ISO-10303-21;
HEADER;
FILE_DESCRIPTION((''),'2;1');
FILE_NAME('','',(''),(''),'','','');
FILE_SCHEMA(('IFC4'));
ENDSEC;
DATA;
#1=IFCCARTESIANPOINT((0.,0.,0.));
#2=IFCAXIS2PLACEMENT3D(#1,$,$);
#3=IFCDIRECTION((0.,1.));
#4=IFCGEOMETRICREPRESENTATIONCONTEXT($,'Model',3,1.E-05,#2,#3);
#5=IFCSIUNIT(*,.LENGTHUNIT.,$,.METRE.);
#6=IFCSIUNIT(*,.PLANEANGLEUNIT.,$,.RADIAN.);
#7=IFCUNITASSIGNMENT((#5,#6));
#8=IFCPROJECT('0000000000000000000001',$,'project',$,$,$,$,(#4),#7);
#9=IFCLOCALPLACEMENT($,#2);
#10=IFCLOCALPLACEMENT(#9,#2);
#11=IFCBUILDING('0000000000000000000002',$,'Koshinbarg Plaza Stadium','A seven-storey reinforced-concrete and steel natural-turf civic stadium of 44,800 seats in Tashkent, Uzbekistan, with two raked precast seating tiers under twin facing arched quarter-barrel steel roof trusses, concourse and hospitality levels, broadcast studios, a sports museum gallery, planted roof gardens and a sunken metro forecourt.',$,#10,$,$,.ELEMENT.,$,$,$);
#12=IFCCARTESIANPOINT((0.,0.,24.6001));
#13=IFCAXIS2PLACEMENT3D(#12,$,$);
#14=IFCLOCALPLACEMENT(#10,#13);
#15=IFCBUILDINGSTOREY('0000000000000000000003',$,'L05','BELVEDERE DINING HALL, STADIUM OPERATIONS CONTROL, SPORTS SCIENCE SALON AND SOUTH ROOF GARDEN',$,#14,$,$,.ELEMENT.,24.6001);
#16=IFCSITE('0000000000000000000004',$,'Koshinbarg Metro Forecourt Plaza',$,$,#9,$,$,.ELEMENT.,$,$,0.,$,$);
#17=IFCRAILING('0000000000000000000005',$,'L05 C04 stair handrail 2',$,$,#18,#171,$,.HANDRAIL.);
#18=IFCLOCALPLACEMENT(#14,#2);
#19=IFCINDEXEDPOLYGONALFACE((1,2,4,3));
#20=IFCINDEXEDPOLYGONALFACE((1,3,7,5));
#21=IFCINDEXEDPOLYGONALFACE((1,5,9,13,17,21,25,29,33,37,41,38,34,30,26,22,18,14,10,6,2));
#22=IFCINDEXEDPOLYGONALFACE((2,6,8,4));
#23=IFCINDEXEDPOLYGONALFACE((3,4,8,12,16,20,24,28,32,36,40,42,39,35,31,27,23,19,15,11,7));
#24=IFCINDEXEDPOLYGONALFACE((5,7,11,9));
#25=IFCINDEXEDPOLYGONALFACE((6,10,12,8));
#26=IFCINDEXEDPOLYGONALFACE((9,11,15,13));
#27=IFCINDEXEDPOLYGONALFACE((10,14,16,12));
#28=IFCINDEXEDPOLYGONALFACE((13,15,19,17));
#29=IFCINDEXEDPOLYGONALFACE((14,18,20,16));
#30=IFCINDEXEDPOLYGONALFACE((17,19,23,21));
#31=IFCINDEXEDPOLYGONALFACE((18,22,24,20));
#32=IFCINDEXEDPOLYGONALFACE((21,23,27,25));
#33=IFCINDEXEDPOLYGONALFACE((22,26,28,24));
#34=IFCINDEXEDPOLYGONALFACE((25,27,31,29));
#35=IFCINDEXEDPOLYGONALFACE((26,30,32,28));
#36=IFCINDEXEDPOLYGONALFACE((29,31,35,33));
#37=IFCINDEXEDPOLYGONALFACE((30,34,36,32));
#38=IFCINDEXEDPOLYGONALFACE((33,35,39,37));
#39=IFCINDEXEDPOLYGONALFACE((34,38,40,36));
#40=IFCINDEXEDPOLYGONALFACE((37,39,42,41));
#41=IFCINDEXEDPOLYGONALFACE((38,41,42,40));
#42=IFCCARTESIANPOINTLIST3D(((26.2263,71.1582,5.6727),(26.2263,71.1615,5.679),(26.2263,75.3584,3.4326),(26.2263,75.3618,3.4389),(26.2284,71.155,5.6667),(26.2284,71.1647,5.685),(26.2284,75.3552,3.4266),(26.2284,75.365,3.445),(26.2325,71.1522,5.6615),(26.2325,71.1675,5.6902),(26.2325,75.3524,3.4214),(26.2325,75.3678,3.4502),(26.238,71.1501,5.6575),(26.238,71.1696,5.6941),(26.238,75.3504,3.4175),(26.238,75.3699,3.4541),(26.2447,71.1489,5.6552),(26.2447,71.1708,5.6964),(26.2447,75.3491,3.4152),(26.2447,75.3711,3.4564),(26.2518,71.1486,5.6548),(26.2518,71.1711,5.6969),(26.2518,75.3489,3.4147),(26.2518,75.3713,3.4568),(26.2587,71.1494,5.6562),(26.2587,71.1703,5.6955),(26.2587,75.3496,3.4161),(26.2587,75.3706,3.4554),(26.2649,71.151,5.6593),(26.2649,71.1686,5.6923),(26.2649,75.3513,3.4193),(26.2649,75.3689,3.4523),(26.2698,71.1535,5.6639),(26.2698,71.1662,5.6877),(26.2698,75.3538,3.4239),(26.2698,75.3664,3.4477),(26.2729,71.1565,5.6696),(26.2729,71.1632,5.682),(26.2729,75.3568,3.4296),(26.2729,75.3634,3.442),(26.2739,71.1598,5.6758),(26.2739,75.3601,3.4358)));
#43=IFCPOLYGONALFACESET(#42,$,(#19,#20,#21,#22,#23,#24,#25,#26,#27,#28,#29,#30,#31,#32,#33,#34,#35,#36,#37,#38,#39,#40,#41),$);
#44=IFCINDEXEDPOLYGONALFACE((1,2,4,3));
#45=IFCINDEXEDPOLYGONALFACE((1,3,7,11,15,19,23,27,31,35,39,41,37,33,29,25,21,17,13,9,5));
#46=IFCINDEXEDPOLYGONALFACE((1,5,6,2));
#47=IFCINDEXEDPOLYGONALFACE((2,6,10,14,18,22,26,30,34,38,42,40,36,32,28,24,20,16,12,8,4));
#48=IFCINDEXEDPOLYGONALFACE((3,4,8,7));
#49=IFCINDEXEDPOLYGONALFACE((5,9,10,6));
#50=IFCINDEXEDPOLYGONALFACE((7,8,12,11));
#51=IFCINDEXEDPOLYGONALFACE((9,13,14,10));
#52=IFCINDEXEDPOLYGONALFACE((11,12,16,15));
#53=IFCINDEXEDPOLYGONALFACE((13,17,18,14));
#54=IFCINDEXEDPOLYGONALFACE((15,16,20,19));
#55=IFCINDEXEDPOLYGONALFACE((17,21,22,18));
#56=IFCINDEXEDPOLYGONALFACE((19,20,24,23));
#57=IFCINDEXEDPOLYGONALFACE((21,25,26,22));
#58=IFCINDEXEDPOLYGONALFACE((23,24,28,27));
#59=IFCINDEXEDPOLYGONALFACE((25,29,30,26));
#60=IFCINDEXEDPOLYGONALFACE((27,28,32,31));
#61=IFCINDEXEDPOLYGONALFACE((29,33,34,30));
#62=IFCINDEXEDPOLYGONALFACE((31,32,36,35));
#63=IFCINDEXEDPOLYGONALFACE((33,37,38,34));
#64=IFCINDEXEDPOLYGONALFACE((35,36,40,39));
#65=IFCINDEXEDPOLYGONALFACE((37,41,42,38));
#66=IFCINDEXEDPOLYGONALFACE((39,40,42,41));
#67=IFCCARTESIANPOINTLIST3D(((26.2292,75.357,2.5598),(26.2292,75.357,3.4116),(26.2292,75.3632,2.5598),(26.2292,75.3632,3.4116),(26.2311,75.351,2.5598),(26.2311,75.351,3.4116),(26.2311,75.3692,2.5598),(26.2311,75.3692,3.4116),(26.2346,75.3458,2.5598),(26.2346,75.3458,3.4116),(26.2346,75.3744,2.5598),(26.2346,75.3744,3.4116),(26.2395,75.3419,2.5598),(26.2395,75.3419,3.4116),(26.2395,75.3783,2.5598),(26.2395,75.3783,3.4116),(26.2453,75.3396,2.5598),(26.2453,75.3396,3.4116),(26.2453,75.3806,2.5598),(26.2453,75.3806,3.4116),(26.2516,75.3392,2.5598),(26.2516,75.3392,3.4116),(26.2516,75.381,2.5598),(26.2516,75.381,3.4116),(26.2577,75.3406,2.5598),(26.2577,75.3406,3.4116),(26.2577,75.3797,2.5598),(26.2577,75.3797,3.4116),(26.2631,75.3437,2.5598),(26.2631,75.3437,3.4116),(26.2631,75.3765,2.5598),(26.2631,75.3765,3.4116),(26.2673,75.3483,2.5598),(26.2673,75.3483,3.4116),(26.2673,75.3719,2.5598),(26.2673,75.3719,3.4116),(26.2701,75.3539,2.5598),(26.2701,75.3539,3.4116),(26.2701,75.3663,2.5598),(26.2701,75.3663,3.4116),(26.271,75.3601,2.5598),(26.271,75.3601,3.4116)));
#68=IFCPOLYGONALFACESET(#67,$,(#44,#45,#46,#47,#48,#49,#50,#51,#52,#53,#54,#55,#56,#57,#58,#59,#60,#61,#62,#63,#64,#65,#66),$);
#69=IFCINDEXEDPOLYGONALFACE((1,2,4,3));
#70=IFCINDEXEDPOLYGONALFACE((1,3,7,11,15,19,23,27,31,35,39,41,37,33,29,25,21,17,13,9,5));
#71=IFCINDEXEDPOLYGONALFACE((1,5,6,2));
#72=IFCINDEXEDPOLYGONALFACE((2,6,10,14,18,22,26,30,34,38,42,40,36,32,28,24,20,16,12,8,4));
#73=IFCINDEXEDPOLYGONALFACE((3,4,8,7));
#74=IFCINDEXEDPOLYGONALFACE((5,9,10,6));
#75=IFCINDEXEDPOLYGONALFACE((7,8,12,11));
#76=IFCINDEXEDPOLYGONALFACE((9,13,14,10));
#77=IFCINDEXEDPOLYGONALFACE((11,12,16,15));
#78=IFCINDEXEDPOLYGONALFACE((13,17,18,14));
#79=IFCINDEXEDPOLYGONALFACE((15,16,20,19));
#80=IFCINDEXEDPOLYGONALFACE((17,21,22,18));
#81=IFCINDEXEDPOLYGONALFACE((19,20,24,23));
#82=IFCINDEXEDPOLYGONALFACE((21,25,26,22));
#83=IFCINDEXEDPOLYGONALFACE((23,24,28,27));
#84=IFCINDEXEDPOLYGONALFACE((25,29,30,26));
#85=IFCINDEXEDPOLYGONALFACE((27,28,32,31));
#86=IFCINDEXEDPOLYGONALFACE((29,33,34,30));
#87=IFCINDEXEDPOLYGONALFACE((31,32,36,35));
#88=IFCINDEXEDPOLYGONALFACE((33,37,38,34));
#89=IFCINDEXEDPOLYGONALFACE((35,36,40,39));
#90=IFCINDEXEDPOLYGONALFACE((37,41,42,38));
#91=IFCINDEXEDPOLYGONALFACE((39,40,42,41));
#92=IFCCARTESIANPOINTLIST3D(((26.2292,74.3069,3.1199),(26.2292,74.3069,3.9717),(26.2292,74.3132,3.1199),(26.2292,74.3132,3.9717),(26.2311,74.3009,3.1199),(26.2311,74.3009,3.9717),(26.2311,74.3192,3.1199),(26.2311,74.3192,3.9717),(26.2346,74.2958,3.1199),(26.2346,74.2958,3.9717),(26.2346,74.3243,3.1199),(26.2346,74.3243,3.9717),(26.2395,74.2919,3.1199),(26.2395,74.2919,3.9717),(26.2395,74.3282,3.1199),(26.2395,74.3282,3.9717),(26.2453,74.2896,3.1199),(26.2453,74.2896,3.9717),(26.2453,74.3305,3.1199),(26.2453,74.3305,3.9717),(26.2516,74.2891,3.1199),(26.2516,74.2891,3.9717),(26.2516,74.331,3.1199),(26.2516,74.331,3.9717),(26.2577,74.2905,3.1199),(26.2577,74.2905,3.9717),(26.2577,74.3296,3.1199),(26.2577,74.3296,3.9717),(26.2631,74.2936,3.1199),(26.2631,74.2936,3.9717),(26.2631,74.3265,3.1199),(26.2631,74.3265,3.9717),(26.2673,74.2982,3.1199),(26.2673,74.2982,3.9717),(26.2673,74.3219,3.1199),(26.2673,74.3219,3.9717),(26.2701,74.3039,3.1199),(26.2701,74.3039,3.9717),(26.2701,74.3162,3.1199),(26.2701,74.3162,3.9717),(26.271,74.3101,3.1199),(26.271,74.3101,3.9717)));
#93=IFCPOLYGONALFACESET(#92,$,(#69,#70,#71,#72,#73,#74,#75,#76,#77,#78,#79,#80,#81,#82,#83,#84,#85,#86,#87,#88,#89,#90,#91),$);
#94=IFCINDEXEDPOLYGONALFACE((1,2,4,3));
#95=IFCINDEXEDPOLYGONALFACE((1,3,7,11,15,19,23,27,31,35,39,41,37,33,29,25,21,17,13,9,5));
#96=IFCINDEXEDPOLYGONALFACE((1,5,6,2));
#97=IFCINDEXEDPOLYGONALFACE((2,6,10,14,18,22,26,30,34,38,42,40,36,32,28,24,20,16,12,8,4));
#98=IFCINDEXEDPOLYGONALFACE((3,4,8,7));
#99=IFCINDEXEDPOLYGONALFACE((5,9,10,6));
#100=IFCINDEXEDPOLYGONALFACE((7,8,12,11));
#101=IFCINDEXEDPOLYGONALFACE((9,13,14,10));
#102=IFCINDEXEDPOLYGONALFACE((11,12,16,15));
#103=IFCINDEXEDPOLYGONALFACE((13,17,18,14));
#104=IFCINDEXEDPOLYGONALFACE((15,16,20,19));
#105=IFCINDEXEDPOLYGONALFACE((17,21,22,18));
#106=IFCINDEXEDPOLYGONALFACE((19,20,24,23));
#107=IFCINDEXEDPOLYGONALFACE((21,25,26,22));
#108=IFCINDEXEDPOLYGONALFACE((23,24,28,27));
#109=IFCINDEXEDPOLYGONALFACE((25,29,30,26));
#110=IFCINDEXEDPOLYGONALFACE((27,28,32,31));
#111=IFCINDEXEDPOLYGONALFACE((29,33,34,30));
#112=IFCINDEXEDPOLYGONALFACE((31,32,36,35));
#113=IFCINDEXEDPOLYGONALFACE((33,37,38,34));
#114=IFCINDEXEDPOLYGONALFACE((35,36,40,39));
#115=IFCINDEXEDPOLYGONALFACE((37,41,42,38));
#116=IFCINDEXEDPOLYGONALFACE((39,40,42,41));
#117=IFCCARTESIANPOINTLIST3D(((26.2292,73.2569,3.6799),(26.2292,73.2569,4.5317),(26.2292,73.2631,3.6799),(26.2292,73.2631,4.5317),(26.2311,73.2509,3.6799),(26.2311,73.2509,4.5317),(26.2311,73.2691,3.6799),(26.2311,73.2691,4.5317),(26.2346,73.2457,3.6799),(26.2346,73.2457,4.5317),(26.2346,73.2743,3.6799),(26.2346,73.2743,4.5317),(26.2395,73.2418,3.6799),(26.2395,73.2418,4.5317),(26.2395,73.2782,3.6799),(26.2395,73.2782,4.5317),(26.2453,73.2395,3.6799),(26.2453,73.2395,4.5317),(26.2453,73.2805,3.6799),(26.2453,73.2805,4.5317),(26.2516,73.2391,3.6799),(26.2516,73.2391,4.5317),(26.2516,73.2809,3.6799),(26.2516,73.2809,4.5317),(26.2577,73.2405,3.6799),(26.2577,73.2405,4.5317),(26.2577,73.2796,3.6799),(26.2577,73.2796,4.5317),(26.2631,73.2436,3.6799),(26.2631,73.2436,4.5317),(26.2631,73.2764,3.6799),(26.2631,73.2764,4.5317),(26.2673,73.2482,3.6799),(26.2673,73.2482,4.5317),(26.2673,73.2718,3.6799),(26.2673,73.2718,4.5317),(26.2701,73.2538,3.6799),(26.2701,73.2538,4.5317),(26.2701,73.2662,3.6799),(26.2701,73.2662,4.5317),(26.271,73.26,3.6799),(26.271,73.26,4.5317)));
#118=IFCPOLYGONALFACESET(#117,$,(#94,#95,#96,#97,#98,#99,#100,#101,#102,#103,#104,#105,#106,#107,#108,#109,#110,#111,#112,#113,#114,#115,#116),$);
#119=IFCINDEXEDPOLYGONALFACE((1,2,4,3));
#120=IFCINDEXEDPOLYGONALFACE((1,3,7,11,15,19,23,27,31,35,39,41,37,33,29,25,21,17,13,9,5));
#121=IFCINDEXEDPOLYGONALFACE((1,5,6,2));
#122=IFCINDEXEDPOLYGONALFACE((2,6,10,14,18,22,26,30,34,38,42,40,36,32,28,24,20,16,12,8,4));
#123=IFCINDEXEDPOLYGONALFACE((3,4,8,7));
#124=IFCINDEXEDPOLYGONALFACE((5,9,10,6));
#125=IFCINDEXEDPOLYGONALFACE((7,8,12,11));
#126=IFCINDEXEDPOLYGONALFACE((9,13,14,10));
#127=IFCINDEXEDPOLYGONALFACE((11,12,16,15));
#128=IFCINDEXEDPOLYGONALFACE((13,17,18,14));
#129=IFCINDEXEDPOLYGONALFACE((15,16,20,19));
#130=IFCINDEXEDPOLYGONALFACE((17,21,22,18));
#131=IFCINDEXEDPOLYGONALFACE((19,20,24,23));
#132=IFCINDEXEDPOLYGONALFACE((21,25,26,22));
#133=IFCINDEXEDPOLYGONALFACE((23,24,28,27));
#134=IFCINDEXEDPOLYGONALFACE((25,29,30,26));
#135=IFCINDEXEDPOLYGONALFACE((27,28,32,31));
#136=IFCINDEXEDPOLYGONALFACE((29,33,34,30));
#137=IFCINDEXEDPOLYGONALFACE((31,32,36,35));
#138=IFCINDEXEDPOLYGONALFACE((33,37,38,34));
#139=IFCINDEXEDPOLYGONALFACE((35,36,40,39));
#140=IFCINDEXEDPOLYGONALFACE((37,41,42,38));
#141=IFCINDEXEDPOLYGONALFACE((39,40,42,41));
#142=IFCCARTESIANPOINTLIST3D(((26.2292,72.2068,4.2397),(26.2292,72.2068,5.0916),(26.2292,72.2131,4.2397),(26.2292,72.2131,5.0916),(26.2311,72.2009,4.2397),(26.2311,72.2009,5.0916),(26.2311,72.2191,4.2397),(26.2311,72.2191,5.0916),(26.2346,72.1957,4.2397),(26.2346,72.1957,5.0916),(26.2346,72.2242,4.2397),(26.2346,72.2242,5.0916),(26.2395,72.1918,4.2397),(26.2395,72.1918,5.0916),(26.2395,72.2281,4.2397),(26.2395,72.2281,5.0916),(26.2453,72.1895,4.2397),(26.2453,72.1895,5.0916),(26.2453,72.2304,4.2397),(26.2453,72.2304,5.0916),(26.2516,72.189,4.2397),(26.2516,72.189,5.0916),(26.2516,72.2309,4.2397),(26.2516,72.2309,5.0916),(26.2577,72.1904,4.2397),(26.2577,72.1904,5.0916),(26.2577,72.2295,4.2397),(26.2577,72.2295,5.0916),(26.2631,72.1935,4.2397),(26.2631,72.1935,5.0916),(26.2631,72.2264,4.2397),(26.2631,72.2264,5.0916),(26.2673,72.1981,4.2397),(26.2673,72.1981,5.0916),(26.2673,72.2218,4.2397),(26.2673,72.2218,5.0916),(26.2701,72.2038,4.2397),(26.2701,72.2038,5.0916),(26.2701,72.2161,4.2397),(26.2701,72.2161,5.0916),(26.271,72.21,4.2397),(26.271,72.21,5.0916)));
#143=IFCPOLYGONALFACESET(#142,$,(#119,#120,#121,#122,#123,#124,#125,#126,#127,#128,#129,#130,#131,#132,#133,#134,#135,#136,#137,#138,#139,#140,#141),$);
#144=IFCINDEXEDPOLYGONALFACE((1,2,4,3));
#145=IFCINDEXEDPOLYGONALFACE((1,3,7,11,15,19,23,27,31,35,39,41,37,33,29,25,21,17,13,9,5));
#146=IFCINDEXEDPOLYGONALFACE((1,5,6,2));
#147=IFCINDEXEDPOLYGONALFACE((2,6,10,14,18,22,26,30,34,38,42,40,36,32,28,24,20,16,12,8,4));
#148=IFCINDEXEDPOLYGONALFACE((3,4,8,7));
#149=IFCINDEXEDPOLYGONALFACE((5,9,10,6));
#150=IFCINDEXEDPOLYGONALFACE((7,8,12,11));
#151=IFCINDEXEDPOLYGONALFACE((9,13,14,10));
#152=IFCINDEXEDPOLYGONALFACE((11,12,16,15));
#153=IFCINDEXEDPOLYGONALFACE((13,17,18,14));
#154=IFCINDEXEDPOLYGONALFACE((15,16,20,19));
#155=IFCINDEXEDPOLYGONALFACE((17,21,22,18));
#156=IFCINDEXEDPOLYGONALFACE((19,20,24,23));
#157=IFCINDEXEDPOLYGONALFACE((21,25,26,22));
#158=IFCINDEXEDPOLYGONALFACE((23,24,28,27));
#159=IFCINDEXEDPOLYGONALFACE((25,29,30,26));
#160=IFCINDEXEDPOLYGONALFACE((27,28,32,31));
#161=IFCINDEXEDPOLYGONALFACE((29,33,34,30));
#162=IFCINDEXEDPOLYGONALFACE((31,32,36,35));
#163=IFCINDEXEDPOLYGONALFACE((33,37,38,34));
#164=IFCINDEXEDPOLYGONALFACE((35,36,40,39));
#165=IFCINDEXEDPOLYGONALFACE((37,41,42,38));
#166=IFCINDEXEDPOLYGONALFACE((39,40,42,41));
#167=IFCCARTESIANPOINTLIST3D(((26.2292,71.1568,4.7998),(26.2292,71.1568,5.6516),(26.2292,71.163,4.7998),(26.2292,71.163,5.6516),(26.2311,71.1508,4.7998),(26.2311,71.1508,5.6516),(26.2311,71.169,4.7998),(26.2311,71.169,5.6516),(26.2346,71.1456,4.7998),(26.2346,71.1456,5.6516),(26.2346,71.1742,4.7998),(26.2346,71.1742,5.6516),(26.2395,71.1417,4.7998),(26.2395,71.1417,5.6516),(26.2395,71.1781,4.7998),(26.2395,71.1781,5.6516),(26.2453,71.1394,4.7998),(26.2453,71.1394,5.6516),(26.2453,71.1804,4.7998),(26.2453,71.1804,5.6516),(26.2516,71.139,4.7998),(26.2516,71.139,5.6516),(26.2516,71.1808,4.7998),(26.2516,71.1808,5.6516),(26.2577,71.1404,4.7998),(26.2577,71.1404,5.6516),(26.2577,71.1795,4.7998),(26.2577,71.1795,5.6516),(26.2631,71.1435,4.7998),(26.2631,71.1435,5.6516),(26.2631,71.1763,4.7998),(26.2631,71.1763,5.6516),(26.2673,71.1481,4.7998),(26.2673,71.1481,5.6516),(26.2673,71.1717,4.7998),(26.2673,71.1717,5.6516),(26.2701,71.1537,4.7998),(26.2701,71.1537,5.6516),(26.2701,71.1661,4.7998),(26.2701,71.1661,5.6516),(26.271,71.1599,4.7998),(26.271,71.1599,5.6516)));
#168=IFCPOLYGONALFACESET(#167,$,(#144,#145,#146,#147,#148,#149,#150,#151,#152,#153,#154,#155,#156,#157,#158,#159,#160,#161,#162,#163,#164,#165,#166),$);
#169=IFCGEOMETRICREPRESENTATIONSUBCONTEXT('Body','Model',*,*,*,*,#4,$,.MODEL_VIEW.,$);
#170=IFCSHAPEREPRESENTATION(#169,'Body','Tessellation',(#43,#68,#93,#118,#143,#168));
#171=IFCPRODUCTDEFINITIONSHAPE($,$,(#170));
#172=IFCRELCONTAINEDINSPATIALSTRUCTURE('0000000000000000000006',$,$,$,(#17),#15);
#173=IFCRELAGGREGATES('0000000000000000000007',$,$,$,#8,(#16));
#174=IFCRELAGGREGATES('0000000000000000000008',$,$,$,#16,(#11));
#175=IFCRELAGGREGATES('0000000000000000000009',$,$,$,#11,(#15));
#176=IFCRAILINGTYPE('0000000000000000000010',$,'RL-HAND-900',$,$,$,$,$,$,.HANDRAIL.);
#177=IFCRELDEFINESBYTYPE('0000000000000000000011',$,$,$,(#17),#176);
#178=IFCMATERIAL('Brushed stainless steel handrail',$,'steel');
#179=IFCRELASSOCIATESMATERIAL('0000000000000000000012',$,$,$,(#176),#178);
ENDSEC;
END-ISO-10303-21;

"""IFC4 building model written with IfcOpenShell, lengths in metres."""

from ifc_helpers import new_model, si_unit, direction, frame, origin, origin_2d, place, context, subcontext, project, spatial, circle, extrude, material, type_object, element, save


model = new_model("IFC4")

# Units and contexts
model_context = context("Model", 3, precision=1e-05, world=origin(), true_north=direction((0.0, 1.0)))
body_context = subcontext(model_context, "Body", "Model", "MODEL_VIEW")
ifc_project = project(units=[si_unit("LENGTHUNIT", "METRE"), si_unit("PLANEANGLEUNIT", "RADIAN")], contexts=[model_context])

# Site, building, storey
site_placement = place(None, origin())
site = spatial("IfcSite", under=ifc_project, at=site_placement, Name="Koshinbarg Metro Forecourt Plaza", CompositionType="ELEMENT", RefElevation=0.0)
building_placement = place(site_placement, origin())
building = spatial("IfcBuilding", under=site, at=building_placement, Name="Koshinbarg Plaza Stadium", Description="A seven-storey reinforced-concrete and steel natural-turf civic stadium of 44,800 seats in Tashkent, Uzbekistan, with two raked precast seating tiers under twin facing arched quarter-barrel steel roof trusses, concourse and hospitality levels, broadcast studios, a sports museum gallery, planted roof gardens and a sunken metro forecourt.", CompositionType="ELEMENT")
storey_placement = place(building_placement, frame((0.0, 0.0, 24.6001)))
storey = spatial("IfcBuildingStorey", under=building, at=storey_placement, Name="L05", Description="BELVEDERE DINING HALL, STADIUM OPERATIONS CONTROL, SPORTS SCIENCE SALON AND SOUTH ROOF GARDEN", CompositionType="ELEMENT", Elevation=24.6001)

# Railing
ifc_material_1 = material(Name="Brushed stainless steel handrail", Category="steel")
railing_type_1 = type_object("IfcRailingType", Name="RL-HAND-900", PredefinedType="HANDRAIL", material=ifc_material_1)
railing_1_placement = place(storey_placement, frame((26.25, 75.3601, 2.5598)))
element("IfcRailing", 1, at=railing_1_placement, inside=storey, type_object=railing_type_1, Name="L05 C04 stair handrail 2", PredefinedType="HANDRAIL", context=body_context, shape_type="SweptSolid", body=[
    extrude(circle(Radius=0.0239, at=origin_2d()), frame((0.0, 0.0, 0.876), z_axis=(0.0, -0.882363, 0.47057), x_axis=(1.0, 0.0, 0.0)), (0.0, 0.0, 1.0), 4.7603),
    extrude(circle(Radius=0.021, at=origin_2d()), origin(), (0.0, 0.0, 1.0), 0.8518),
    extrude(circle(Radius=0.021, at=origin_2d()), frame((0.0, -1.05, 0.5601)), (0.0, 0.0, 1.0), 0.8518),
    extrude(circle(Radius=0.021, at=origin_2d()), frame((0.0, -2.1001, 1.1201)), (0.0, 0.0, 1.0), 0.8518),
    extrude(circle(Radius=0.021, at=origin_2d()), frame((0.0, -3.1501, 1.6799)), (0.0, 0.0, 1.0), 0.8518),
    extrude(circle(Radius=0.021, at=origin_2d()), frame((0.0, -4.2002, 2.24)), (0.0, 0.0, 1.0), 0.8518),
])

save(model, "model.ifc")
